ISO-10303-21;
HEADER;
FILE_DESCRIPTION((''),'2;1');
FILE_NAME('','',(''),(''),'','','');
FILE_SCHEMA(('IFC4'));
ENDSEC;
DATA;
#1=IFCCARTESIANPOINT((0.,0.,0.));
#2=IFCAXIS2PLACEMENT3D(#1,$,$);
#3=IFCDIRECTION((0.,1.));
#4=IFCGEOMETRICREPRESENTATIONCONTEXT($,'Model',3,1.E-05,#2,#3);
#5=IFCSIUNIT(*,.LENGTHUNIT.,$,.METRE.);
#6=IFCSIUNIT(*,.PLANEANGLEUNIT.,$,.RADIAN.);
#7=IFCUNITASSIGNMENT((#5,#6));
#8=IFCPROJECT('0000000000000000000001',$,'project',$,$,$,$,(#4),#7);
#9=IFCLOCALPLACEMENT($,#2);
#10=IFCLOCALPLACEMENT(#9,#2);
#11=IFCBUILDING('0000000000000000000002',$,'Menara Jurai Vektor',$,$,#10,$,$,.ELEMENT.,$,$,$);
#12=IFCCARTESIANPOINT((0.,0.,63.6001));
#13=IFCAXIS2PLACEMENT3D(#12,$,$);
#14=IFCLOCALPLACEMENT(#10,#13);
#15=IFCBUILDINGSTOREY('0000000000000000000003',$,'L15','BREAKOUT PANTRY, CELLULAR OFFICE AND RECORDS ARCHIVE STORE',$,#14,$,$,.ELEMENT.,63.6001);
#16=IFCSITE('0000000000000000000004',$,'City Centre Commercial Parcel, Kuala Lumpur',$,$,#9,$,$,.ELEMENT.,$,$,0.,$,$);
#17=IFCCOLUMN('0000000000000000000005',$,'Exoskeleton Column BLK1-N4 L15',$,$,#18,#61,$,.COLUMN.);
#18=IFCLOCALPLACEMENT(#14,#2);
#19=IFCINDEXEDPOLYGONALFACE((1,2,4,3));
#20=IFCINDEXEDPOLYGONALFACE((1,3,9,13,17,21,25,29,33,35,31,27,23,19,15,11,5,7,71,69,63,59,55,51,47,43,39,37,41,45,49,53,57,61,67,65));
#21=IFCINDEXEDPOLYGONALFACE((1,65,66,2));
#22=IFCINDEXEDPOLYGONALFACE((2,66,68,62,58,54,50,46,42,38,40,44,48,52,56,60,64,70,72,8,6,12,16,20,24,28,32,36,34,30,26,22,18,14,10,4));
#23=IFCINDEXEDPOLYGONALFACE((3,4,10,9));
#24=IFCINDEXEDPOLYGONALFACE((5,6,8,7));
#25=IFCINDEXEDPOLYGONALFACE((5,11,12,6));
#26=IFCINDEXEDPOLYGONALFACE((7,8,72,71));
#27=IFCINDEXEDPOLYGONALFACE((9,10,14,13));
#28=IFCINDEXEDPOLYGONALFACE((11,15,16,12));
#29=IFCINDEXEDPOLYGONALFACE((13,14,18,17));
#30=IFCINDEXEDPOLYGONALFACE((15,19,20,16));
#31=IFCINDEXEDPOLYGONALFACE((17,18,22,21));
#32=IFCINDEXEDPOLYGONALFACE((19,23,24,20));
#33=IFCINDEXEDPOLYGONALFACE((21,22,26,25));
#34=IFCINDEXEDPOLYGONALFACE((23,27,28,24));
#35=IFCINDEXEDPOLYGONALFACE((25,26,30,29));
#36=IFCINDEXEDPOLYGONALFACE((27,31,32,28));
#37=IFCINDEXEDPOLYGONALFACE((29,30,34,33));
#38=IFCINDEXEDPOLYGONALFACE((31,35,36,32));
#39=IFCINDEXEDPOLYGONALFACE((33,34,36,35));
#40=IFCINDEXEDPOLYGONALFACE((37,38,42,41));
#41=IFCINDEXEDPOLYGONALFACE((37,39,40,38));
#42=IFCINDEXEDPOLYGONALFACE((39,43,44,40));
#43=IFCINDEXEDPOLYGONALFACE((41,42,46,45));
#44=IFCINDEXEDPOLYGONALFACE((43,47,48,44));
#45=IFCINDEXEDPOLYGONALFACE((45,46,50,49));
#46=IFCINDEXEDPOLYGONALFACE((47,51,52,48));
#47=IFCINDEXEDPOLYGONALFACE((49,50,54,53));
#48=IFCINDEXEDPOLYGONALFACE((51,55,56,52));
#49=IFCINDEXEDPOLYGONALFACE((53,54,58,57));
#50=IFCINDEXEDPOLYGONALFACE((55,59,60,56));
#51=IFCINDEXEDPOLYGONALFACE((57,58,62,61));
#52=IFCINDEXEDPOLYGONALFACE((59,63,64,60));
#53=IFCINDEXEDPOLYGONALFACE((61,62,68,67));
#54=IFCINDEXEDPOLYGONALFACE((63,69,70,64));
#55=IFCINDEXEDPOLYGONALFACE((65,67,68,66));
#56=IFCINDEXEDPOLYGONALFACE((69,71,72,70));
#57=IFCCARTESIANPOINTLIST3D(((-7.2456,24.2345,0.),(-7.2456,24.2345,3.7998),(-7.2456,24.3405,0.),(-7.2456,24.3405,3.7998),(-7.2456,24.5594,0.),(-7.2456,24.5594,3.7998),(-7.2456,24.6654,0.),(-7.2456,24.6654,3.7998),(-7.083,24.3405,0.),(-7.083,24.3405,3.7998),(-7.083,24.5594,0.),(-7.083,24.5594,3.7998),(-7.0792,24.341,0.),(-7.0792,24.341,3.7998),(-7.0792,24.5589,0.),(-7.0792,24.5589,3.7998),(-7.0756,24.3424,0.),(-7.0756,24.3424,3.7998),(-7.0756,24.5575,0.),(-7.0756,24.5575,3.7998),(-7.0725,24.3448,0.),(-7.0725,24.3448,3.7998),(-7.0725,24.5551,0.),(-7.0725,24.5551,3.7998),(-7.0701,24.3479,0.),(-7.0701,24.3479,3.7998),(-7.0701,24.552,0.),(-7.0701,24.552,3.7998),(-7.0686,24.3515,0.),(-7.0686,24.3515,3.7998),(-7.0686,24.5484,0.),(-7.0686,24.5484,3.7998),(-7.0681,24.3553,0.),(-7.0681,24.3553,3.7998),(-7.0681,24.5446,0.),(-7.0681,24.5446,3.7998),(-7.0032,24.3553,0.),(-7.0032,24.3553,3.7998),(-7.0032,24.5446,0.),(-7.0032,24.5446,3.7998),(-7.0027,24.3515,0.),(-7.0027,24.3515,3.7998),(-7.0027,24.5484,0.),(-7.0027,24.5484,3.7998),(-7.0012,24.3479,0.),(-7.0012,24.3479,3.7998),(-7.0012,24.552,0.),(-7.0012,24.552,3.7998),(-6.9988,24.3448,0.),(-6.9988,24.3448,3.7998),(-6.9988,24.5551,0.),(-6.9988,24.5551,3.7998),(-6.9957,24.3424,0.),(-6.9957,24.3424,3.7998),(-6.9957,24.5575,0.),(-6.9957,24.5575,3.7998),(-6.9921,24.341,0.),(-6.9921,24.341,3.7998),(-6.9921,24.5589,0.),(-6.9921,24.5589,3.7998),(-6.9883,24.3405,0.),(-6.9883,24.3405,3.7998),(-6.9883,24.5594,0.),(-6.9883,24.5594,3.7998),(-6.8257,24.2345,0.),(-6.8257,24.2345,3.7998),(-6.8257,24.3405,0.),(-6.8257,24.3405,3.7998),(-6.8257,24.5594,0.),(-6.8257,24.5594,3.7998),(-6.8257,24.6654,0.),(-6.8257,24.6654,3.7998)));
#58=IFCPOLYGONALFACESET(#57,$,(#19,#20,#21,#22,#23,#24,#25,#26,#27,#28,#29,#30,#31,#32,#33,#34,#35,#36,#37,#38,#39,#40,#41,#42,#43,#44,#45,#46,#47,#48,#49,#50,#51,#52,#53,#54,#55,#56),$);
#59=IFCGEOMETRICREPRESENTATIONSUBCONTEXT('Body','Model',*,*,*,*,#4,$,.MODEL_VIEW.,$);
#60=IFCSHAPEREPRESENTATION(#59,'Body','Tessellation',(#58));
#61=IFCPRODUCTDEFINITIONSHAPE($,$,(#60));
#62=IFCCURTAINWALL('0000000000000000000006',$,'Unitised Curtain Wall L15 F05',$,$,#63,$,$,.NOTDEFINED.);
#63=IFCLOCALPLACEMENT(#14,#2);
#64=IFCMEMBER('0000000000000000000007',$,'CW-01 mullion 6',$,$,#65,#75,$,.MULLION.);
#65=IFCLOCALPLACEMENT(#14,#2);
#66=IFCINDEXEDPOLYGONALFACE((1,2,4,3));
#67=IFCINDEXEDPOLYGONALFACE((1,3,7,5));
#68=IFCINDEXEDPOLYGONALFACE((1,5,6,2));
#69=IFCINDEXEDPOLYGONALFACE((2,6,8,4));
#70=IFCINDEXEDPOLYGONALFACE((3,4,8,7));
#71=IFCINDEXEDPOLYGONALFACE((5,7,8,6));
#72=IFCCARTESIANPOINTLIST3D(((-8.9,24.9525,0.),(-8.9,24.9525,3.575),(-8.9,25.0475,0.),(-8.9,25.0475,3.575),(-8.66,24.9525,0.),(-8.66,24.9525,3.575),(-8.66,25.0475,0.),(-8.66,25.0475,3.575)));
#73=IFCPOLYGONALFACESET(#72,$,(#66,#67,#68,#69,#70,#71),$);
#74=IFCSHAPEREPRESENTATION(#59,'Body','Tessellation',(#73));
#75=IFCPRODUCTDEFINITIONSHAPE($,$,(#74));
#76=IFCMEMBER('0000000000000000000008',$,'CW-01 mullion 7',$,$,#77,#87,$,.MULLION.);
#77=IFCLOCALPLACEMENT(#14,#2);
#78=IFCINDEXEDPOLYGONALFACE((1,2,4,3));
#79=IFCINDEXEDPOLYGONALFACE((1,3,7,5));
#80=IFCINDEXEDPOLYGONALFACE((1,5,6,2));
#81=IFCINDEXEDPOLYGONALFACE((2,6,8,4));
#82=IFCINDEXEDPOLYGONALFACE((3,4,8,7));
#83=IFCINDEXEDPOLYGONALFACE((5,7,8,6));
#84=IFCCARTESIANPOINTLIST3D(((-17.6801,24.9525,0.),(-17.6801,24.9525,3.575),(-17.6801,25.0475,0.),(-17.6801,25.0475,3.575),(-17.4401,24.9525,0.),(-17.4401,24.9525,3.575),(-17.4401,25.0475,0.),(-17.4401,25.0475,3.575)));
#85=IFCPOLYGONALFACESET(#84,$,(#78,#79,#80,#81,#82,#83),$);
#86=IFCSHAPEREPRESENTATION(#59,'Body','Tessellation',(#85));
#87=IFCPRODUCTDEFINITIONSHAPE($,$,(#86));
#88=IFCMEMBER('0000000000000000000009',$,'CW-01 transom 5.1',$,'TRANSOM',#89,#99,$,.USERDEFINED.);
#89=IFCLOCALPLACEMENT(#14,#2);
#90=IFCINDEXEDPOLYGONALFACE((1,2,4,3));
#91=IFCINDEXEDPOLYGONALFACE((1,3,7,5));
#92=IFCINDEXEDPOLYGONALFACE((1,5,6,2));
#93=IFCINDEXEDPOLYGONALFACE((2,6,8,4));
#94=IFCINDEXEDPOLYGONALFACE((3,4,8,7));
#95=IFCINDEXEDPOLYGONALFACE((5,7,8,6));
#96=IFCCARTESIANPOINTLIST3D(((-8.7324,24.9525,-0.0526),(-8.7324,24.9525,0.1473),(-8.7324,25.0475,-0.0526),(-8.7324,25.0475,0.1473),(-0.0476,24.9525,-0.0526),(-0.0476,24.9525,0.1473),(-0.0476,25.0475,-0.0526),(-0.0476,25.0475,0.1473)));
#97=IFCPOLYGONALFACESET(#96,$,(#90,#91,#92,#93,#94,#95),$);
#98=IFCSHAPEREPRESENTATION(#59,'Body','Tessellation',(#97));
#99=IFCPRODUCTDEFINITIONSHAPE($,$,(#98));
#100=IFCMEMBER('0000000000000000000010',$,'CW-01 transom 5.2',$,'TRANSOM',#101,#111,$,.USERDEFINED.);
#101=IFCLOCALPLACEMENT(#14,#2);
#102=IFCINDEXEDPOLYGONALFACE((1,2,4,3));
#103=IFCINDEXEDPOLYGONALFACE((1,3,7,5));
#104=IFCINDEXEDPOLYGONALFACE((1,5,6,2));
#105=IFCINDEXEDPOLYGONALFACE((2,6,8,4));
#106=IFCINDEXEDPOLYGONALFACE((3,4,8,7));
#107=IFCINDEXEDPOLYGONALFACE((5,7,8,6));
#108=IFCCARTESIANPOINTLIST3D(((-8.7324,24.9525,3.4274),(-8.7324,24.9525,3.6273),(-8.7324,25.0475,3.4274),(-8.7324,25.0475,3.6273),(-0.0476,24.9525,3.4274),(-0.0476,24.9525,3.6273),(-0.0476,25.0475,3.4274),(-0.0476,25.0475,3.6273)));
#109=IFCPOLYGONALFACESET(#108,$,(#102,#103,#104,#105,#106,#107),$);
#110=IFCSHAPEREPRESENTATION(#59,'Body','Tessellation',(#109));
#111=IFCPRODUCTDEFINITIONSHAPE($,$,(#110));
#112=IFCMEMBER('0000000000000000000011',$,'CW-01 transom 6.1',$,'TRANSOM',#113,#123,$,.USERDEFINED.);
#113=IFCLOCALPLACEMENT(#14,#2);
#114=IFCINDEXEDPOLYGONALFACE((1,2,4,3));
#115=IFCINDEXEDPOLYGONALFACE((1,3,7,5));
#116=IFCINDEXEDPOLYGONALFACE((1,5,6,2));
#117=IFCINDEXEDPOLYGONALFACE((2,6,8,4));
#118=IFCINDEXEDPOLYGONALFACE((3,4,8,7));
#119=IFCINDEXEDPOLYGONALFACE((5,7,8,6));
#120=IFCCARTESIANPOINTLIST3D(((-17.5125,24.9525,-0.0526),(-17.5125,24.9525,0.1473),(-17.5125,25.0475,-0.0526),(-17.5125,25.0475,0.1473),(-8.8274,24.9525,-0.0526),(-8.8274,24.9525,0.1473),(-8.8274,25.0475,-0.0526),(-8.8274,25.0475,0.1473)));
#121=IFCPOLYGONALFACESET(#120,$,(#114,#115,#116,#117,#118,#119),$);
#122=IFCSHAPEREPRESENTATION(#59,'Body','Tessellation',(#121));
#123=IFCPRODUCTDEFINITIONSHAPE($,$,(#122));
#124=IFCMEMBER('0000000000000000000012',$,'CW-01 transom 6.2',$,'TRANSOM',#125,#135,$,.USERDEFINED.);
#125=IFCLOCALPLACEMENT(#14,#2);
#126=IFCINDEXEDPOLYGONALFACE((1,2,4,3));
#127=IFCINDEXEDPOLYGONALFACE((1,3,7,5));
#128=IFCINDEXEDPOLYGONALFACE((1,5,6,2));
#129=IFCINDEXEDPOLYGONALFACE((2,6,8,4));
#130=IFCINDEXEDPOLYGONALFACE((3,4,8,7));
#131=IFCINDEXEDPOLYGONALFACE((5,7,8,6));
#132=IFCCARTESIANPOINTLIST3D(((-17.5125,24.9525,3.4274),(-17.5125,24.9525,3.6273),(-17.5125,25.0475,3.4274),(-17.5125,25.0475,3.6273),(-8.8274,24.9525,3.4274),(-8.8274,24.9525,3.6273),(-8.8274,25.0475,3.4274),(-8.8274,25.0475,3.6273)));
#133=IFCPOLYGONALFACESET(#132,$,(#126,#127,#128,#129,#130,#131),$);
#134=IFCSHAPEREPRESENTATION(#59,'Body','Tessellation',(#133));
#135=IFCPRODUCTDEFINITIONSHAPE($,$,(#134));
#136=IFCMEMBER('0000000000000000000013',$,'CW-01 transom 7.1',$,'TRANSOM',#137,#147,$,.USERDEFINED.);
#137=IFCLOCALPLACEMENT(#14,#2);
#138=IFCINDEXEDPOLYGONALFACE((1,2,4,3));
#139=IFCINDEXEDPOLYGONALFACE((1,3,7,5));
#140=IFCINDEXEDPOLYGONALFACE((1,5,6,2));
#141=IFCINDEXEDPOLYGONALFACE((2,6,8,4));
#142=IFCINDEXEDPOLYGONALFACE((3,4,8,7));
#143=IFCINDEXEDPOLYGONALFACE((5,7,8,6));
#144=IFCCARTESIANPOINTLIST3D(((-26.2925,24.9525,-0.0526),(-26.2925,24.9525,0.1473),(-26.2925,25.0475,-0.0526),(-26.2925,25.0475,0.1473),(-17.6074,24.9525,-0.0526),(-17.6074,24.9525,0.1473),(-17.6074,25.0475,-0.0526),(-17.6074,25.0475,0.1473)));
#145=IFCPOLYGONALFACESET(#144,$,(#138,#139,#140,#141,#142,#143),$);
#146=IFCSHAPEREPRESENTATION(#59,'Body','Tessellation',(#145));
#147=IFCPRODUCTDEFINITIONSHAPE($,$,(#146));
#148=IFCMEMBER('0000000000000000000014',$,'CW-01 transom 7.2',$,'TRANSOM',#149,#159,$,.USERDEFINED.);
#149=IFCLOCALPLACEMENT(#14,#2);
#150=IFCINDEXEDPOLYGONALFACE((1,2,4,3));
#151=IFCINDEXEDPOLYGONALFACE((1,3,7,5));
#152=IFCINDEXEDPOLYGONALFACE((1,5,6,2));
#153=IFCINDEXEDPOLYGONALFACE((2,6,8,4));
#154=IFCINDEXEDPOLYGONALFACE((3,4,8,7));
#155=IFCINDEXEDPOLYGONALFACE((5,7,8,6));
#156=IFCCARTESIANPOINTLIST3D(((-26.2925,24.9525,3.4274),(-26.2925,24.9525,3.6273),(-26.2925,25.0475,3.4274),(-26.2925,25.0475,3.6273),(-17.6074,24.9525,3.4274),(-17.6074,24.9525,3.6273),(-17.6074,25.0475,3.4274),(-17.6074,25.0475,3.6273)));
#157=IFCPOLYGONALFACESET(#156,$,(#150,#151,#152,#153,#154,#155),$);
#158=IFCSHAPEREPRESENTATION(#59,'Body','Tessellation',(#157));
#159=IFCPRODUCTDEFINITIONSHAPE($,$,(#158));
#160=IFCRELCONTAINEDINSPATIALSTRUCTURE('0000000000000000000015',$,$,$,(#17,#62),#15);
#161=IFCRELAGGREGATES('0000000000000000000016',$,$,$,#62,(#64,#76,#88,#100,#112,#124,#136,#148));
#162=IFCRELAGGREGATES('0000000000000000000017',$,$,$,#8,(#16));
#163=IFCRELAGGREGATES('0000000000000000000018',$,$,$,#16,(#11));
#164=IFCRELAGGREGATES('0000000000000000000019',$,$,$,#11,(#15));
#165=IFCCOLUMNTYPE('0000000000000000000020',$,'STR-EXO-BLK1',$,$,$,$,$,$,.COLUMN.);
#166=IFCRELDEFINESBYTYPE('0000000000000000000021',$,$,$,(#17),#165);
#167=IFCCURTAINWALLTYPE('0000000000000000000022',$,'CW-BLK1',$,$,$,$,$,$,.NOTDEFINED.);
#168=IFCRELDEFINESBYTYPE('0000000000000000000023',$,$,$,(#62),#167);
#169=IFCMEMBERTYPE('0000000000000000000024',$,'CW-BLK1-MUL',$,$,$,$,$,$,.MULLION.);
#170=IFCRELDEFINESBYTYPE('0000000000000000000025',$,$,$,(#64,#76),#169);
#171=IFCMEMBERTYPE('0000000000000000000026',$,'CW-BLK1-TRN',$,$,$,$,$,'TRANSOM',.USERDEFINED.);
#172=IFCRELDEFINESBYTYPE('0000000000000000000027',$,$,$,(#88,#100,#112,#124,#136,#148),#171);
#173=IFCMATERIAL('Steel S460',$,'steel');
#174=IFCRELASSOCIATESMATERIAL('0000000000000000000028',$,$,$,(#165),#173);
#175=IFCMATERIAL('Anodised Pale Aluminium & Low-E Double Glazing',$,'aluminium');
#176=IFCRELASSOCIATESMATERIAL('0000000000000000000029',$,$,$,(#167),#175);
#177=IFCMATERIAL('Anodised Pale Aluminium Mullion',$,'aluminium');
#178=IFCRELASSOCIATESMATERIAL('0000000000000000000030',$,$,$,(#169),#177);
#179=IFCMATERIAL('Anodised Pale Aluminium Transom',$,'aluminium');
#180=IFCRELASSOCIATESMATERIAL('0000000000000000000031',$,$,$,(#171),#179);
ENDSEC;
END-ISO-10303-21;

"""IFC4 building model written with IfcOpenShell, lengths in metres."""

from ifc_helpers import new_model, si_unit, direction, frame, origin, origin_2d, place, context, subcontext, project, spatial, rectangle, i_section, extrude, material, material_profile, profile_set, type_object, element, aggregate, save


model = new_model("IFC4")

# Units and contexts
model_context = context("Model", 3, precision=1e-05, world=origin(), true_north=direction((0.0, 1.0)))
body_context = subcontext(model_context, "Body", "Model", "MODEL_VIEW")
ifc_project = project(units=[si_unit("LENGTHUNIT", "METRE"), si_unit("PLANEANGLEUNIT", "RADIAN")], contexts=[model_context])

# Site, building, storey
site_placement = place(None, origin())
site = spatial("IfcSite", under=ifc_project, at=site_placement, Name="City Centre Commercial Parcel, Kuala Lumpur", CompositionType="ELEMENT", RefElevation=0.0)
building_placement = place(site_placement, origin())
building = spatial("IfcBuilding", under=site, at=building_placement, Name="Menara Jurai Vektor", CompositionType="ELEMENT")
storey_placement = place(building_placement, frame((0.0, 0.0, 63.6001)))
storey = spatial("IfcBuildingStorey", under=building, at=storey_placement, Name="L15", Description="BREAKOUT PANTRY, CELLULAR OFFICE AND RECORDS ARCHIVE STORE", CompositionType="ELEMENT", Elevation=63.6001)

# Column
ifc_material_1 = material(Name="Steel S460", Category="steel")
ifc_material_profile_1 = material_profile(ifc_material_1, i_section(OverallWidth=0.4199, OverallDepth=0.4309, WebThickness=0.0649, FlangeThickness=0.106, FilletRadius=0.0149, at=origin_2d()), Name="HD 400x900")
ifc_profile_set_1 = profile_set([ifc_material_profile_1], Name="Steel S460")
column_type = type_object("IfcColumnType", Name="STR-EXO-BLK1", PredefinedType="COLUMN", material=ifc_profile_set_1)
column_placement = place(storey_placement, frame((-7.0356, 24.45, 0.0), z_axis=(0.0, 0.0, 1.0), x_axis=(1.0, 0.0, 0.0)))
element("IfcColumn", 1, at=column_placement, inside=storey, type_object=column_type, Name="Exoskeleton Column BLK1-N4 L15", PredefinedType="COLUMN", context=body_context, shape_type="SweptSolid", body=[
    extrude(i_section(OverallWidth=0.4199, OverallDepth=0.4309, WebThickness=0.0649, FlangeThickness=0.106, FilletRadius=0.0149, at=origin_2d()), origin(), (0.0, 0.0, 1.0), 3.7998),
])

# Curtain wall, members
ifc_material_2 = material(Name="Anodised Pale Aluminium & Low-E Double Glazing", Category="aluminium")
curtain_wall_type = type_object("IfcCurtainWallType", Name="CW-BLK1", PredefinedType="NOTDEFINED", material=ifc_material_2)
curtain_wall_placement = place(storey_placement, origin())
curtain_wall = element("IfcCurtainWall", 2, at=curtain_wall_placement, inside=storey, type_object=curtain_wall_type, Name="Unitised Curtain Wall L15 F05", PredefinedType="NOTDEFINED")
ifc_material_3 = material(Name="Anodised Pale Aluminium Mullion", Category="aluminium")
ifc_material_profile_2 = material_profile(ifc_material_3, rectangle(XDim=0.095, YDim=0.24, at=origin_2d()), Name="ALU MUL 95x240")
ifc_profile_set_2 = profile_set([ifc_material_profile_2], Name="Anodised Pale Aluminium Mullion")
member_type_1 = type_object("IfcMemberType", Name="CW-BLK1-MUL", PredefinedType="MULLION", material=ifc_profile_set_2)
member_1_placement = place(storey_placement, frame((-8.78, 25.0, 0.0), z_axis=(0.0, 0.0, 1.0), x_axis=(0.0, -1.0, 0.0)))
member_1 = element("IfcMember", 3, at=member_1_placement, type_object=member_type_1, Name="CW-01 mullion 6", PredefinedType="MULLION", context=body_context, shape_type="SweptSolid", body=[
    extrude(rectangle(XDim=0.095, YDim=0.24, at=origin_2d()), origin(), (0.0, 0.0, 1.0), 3.575),
])
member_2_placement = place(storey_placement, frame((-17.5601, 25.0, 0.0), z_axis=(0.0, 0.0, 1.0), x_axis=(0.0, -1.0, 0.0)))
member_2 = element("IfcMember", 4, at=member_2_placement, type_object=member_type_1, Name="CW-01 mullion 7", PredefinedType="MULLION", context=body_context, shape_type="SweptSolid", body=[
    extrude(rectangle(XDim=0.095, YDim=0.24, at=origin_2d()), origin(), (0.0, 0.0, 1.0), 3.575),
])
ifc_material_4 = material(Name="Anodised Pale Aluminium Transom", Category="aluminium")
ifc_material_profile_3 = material_profile(ifc_material_4, rectangle(XDim=0.095, YDim=0.2, at=origin_2d()), Name="ALU TRN 95x200")
ifc_profile_set_3 = profile_set([ifc_material_profile_3], Name="Anodised Pale Aluminium Transom")
member_type_2 = type_object("IfcMemberType", Name="CW-BLK1-TRN", ElementType="TRANSOM", PredefinedType="USERDEFINED", material=ifc_profile_set_3)
member_3_placement = place(storey_placement, frame((-0.0476, 25.0, 0.0474), z_axis=(-1.0, 0.0, 0.0), x_axis=(0.0, -1.0, 0.0)))
member_3 = element("IfcMember", 5, at=member_3_placement, type_object=member_type_2, Name="CW-01 transom 5.1", ObjectType="TRANSOM", PredefinedType="USERDEFINED", context=body_context, shape_type="SweptSolid", body=[
    extrude(rectangle(XDim=0.095, YDim=0.2, at=origin_2d()), origin(), (0.0, 0.0, 1.0), 8.6848),
])
member_4_placement = place(storey_placement, frame((-0.0476, 25.0, 3.5273), z_axis=(-1.0, 0.0, 0.0), x_axis=(0.0, -1.0, 0.0)))
member_4 = element("IfcMember", 6, at=member_4_placement, type_object=member_type_2, Name="CW-01 transom 5.2", ObjectType="TRANSOM", PredefinedType="USERDEFINED", context=body_context, shape_type="SweptSolid", body=[
    extrude(rectangle(XDim=0.095, YDim=0.2, at=origin_2d()), origin(), (0.0, 0.0, 1.0), 8.6848),
])
member_5_placement = place(storey_placement, frame((-8.8274, 25.0, 0.0474), z_axis=(-1.0, 0.0, 0.0), x_axis=(0.0, -1.0, 0.0)))
member_5 = element("IfcMember", 7, at=member_5_placement, type_object=member_type_2, Name="CW-01 transom 6.1", ObjectType="TRANSOM", PredefinedType="USERDEFINED", context=body_context, shape_type="SweptSolid", body=[
    extrude(rectangle(XDim=0.095, YDim=0.2, at=origin_2d()), origin(), (0.0, 0.0, 1.0), 8.6851),
])
member_6_placement = place(storey_placement, frame((-8.8274, 25.0, 3.5273), z_axis=(-1.0, 0.0, 0.0), x_axis=(0.0, -1.0, 0.0)))
member_6 = element("IfcMember", 8, at=member_6_placement, type_object=member_type_2, Name="CW-01 transom 6.2", ObjectType="TRANSOM", PredefinedType="USERDEFINED", context=body_context, shape_type="SweptSolid", body=[
    extrude(rectangle(XDim=0.095, YDim=0.2, at=origin_2d()), origin(), (0.0, 0.0, 1.0), 8.6851),
])
member_7_placement = place(storey_placement, frame((-17.6074, 25.0, 0.0474), z_axis=(-1.0, 0.0, 0.0), x_axis=(0.0, -1.0, 0.0)))
member_7 = element("IfcMember", 9, at=member_7_placement, type_object=member_type_2, Name="CW-01 transom 7.1", ObjectType="TRANSOM", PredefinedType="USERDEFINED", context=body_context, shape_type="SweptSolid", body=[
    extrude(rectangle(XDim=0.095, YDim=0.2, at=origin_2d()), origin(), (0.0, 0.0, 1.0), 8.6851),
])
member_8_placement = place(storey_placement, frame((-17.6074, 25.0, 3.5273), z_axis=(-1.0, 0.0, 0.0), x_axis=(0.0, -1.0, 0.0)))
member_8 = element("IfcMember", 10, at=member_8_placement, type_object=member_type_2, Name="CW-01 transom 7.2", ObjectType="TRANSOM", PredefinedType="USERDEFINED", context=body_context, shape_type="SweptSolid", body=[
    extrude(rectangle(XDim=0.095, YDim=0.2, at=origin_2d()), origin(), (0.0, 0.0, 1.0), 8.6851),
])

aggregate(curtain_wall, [member_1, member_2, member_3, member_4, member_5, member_6, member_7, member_8])

save(model, "model.ifc")
